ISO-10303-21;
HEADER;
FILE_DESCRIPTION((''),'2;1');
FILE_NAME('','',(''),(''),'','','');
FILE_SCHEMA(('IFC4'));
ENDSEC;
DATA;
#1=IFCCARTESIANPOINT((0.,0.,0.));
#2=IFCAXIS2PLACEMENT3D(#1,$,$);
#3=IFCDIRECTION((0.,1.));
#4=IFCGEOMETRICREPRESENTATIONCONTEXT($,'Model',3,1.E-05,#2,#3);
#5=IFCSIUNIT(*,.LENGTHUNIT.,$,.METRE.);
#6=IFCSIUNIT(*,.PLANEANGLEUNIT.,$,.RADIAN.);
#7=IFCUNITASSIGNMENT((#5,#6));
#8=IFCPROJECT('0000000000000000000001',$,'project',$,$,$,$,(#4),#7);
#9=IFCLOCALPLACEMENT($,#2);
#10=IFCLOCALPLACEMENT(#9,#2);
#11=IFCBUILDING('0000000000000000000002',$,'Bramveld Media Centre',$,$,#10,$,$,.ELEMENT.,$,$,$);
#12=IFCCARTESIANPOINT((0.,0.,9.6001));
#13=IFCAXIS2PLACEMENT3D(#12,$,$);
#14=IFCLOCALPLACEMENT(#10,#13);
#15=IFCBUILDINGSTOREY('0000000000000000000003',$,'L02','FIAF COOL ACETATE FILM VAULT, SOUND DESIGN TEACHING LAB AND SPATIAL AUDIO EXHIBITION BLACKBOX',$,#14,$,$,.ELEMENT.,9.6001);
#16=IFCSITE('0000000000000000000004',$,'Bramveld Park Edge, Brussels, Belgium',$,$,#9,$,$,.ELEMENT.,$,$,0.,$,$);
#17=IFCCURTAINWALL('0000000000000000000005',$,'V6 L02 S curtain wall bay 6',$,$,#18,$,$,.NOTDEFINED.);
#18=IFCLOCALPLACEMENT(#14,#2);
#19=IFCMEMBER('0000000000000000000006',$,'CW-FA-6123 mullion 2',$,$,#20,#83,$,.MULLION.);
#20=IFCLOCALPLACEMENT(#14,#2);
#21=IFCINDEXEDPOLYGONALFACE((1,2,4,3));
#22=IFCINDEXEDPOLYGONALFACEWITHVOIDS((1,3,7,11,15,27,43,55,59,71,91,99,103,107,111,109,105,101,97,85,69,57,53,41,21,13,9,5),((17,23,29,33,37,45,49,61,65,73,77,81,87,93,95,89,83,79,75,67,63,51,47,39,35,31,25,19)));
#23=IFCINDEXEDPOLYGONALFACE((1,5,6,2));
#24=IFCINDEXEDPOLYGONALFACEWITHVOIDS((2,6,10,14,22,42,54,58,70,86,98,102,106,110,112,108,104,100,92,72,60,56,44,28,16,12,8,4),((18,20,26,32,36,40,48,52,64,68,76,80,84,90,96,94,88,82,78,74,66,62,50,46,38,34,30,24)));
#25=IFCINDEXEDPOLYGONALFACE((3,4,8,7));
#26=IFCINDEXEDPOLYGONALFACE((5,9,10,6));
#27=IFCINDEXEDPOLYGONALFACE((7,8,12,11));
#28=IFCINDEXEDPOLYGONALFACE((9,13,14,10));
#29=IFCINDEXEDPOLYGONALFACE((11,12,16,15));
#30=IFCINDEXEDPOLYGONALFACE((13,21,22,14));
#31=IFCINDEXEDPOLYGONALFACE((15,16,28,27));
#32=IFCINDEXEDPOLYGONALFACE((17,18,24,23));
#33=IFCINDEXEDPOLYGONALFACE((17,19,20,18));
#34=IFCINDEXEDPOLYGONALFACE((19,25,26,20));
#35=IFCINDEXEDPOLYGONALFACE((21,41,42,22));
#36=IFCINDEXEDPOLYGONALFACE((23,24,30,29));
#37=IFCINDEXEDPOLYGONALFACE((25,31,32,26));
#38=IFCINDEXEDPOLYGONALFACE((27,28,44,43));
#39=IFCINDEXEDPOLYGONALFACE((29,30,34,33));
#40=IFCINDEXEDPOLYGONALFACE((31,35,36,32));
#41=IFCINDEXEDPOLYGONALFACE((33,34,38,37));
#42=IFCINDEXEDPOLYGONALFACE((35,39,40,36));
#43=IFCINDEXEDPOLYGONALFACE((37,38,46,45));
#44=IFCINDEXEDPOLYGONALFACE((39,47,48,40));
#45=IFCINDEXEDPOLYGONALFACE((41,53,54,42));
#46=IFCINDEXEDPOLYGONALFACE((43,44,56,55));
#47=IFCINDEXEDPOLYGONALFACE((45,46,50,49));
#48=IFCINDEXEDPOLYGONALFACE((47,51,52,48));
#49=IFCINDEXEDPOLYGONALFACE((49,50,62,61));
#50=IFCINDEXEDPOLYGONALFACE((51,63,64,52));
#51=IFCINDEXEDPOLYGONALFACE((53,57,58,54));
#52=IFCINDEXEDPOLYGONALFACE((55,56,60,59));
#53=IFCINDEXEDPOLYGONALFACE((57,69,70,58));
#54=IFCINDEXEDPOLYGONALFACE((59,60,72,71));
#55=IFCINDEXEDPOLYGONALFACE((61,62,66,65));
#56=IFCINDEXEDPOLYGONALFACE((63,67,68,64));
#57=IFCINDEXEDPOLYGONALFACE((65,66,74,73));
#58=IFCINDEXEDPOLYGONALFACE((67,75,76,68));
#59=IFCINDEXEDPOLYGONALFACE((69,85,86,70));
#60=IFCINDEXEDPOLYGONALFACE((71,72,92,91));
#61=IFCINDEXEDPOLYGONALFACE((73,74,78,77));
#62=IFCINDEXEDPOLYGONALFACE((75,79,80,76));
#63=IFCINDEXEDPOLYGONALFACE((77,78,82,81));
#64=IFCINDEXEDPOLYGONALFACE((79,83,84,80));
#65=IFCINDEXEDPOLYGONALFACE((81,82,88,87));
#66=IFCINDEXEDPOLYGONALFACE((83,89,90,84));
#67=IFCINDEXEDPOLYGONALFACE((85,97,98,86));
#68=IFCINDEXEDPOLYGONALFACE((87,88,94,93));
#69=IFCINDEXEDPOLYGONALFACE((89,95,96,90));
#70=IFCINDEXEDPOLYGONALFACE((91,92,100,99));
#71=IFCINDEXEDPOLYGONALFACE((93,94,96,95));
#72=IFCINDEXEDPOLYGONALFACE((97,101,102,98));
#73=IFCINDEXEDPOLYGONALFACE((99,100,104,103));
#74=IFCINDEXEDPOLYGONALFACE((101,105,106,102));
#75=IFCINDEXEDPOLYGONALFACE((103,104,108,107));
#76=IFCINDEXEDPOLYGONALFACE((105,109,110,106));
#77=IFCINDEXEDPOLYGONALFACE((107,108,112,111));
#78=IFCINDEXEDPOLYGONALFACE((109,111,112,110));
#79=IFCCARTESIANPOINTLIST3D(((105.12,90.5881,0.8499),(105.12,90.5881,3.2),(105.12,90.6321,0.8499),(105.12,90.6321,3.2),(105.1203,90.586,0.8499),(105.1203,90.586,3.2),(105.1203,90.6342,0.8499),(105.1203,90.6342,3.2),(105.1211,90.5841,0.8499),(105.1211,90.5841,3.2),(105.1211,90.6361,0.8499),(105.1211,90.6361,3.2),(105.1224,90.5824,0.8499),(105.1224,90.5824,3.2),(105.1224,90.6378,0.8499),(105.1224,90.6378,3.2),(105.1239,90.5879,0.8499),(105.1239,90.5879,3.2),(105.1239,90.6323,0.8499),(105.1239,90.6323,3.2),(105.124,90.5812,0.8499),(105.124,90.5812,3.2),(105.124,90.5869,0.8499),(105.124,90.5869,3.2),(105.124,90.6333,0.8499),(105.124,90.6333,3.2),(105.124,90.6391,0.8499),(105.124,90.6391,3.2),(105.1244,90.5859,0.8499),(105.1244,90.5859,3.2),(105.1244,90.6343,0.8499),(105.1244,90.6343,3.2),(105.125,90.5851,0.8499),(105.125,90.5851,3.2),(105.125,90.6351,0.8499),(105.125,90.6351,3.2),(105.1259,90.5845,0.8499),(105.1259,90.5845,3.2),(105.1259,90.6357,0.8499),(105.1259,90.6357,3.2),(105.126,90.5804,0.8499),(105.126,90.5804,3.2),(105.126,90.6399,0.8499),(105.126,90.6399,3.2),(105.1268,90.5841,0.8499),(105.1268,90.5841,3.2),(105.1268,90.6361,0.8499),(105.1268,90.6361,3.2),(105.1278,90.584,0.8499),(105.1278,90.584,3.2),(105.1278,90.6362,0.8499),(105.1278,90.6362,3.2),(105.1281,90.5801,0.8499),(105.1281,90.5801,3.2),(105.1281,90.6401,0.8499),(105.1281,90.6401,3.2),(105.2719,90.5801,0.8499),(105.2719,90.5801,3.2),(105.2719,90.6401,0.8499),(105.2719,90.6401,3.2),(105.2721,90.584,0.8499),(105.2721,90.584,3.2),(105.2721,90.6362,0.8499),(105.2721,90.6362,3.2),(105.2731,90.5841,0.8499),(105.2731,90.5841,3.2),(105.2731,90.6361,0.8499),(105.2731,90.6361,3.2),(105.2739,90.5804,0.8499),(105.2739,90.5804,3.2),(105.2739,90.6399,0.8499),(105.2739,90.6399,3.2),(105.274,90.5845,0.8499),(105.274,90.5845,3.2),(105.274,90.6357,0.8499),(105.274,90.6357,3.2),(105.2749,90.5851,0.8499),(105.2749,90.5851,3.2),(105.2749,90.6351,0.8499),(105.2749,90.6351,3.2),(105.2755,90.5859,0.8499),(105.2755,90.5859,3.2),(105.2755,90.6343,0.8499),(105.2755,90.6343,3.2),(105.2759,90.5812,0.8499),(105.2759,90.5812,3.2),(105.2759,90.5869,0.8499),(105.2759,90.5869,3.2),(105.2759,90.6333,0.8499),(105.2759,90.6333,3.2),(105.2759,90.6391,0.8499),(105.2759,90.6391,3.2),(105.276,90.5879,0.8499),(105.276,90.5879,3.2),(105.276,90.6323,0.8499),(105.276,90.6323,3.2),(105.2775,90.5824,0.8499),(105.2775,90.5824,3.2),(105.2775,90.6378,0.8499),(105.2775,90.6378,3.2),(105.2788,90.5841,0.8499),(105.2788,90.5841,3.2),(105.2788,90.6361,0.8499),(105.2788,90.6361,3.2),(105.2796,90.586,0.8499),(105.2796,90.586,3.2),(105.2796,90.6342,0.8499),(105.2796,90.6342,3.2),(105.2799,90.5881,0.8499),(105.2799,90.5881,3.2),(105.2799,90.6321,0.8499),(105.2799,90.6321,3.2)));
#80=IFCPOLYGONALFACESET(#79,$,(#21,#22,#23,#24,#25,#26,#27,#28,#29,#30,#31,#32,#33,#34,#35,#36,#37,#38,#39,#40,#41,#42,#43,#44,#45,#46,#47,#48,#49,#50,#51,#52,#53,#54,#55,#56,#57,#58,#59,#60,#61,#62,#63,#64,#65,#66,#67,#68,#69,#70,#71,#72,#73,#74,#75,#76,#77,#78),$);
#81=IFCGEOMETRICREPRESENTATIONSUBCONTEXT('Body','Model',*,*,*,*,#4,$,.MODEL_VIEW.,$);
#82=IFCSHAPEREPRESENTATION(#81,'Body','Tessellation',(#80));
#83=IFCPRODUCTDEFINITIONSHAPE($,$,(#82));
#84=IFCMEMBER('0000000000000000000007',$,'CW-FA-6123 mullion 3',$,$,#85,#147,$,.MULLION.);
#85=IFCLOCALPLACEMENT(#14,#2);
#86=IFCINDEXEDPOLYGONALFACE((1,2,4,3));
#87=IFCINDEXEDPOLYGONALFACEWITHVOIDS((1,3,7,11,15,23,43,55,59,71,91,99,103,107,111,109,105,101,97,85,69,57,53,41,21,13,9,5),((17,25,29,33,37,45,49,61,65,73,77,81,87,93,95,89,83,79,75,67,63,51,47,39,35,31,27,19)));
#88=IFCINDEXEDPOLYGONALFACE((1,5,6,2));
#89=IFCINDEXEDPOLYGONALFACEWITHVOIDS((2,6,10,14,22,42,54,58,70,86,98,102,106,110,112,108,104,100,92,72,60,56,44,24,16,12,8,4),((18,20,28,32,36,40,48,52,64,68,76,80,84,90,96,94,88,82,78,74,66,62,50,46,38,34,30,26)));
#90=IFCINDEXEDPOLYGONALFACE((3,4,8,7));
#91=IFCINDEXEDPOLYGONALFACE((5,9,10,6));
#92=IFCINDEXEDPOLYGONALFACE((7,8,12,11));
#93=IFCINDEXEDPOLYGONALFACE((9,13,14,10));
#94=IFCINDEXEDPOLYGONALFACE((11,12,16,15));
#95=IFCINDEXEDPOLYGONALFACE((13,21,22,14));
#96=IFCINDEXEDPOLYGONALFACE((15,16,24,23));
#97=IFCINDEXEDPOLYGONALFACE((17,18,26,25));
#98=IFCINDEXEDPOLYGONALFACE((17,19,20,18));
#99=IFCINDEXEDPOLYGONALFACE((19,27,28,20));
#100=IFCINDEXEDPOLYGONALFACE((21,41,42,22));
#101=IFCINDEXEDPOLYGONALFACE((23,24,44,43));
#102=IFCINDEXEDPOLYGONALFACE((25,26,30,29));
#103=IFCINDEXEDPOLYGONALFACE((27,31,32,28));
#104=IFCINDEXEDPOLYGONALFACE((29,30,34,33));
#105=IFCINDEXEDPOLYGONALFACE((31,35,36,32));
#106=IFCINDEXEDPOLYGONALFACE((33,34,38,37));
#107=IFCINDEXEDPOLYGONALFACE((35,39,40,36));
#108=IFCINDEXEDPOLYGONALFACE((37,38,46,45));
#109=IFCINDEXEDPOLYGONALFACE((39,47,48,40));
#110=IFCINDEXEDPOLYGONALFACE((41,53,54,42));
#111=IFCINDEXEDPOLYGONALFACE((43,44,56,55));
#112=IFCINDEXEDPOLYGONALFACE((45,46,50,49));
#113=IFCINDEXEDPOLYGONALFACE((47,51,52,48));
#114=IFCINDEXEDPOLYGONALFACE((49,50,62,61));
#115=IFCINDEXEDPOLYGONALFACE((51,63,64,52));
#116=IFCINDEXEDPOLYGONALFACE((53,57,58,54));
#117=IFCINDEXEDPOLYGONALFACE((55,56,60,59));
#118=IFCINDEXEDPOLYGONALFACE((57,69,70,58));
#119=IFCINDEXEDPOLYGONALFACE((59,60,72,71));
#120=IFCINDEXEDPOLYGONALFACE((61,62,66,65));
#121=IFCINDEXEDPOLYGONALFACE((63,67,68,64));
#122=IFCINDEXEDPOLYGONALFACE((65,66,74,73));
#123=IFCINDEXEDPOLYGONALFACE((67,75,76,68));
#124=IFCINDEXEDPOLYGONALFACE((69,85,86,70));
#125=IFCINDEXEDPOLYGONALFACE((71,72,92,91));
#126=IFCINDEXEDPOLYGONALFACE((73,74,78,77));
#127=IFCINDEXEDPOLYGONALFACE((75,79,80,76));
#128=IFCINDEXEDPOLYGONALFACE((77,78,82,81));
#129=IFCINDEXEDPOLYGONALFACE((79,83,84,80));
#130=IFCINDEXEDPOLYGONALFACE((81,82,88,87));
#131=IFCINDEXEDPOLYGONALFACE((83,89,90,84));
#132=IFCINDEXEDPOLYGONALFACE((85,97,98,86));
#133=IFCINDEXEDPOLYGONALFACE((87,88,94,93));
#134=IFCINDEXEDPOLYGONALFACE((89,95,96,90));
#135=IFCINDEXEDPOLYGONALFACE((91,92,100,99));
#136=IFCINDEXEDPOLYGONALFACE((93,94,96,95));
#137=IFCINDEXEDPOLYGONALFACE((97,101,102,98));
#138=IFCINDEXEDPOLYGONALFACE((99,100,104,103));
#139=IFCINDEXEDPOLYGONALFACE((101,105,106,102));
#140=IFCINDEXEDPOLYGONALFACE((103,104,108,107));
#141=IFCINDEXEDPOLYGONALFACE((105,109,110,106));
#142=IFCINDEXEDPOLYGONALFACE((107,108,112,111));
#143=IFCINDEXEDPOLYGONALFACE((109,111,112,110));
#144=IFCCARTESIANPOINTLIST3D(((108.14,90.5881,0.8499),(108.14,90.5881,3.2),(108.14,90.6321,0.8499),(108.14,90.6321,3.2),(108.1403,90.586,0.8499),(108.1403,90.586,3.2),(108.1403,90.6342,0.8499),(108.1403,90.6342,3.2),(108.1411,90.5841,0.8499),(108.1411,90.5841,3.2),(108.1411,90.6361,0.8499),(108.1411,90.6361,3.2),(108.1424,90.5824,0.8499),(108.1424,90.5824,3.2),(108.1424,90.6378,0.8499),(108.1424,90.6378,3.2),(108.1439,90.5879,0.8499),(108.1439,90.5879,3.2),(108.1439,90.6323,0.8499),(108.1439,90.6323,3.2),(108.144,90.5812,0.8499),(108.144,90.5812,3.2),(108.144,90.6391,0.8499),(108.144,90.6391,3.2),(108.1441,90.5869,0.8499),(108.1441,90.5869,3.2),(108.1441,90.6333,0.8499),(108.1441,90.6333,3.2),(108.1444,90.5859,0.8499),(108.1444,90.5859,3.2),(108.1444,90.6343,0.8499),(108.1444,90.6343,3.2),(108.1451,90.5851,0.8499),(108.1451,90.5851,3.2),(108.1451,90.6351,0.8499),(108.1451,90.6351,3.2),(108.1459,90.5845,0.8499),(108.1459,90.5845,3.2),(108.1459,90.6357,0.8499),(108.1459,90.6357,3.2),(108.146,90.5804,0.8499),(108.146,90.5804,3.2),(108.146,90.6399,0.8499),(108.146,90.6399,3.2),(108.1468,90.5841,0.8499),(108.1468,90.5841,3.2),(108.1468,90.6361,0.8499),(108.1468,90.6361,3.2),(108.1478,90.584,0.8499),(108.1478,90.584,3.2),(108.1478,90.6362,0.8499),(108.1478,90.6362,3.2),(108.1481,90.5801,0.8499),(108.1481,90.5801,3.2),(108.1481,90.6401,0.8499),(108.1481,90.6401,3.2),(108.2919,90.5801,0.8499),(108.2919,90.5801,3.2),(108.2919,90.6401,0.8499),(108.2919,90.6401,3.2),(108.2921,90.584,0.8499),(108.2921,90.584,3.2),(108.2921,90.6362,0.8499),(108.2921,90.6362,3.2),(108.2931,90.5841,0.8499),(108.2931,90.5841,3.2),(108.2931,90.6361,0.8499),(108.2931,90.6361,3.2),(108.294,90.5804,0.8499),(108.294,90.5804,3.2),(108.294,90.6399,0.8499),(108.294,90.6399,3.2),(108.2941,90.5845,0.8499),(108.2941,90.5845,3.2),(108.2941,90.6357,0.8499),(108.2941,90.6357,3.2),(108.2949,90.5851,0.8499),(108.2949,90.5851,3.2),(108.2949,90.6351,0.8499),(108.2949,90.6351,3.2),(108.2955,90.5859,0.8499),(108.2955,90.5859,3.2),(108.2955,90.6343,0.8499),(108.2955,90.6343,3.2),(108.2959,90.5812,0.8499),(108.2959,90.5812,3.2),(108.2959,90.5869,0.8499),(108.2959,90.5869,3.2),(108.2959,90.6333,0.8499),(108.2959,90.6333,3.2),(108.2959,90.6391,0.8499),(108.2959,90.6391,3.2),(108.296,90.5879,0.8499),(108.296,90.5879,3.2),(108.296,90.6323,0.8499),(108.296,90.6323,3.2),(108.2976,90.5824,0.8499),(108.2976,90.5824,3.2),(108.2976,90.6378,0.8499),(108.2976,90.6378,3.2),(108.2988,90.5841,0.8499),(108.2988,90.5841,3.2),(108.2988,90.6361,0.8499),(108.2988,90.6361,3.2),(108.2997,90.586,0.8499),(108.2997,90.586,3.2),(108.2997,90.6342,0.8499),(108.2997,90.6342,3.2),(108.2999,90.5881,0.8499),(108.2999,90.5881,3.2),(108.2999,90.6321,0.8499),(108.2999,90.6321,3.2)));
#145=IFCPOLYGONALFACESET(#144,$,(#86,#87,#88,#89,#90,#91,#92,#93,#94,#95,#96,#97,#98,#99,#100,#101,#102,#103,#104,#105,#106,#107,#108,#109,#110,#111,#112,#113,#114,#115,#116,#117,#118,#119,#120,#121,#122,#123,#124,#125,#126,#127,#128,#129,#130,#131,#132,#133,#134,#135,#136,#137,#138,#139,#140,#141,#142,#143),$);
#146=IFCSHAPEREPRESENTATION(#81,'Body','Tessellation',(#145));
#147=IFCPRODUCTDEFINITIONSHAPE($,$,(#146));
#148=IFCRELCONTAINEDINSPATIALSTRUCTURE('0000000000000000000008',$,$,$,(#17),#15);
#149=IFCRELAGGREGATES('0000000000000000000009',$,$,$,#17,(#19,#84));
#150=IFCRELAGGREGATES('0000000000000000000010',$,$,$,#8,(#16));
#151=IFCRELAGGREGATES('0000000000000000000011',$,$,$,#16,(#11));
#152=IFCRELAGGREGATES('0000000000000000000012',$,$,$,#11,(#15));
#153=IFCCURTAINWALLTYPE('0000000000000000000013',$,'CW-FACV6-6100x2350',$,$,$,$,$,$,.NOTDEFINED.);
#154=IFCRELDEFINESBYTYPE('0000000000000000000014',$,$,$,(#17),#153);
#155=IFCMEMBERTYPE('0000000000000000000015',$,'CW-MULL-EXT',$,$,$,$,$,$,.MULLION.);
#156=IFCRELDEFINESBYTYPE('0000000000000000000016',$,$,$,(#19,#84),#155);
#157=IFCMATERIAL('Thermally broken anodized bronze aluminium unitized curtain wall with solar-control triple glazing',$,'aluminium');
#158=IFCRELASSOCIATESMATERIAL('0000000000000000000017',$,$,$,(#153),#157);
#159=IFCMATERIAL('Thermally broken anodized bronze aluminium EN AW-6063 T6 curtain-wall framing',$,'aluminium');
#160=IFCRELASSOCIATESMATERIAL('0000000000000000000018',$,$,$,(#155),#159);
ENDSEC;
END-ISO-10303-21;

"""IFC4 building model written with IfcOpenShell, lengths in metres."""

from ifc_helpers import new_model, si_unit, direction, frame, origin, origin_2d, place, context, subcontext, project, spatial, hollow_rectangle, extrude, material, material_profile, profile_set, type_object, element, aggregate, save


model = new_model("IFC4")

# Units and contexts
model_context = context("Model", 3, precision=1e-05, world=origin(), true_north=direction((0.0, 1.0)))
body_context = subcontext(model_context, "Body", "Model", "MODEL_VIEW")
ifc_project = project(units=[si_unit("LENGTHUNIT", "METRE"), si_unit("PLANEANGLEUNIT", "RADIAN")], contexts=[model_context])

# Site, building, storey
site_placement = place(None, origin())
site = spatial("IfcSite", under=ifc_project, at=site_placement, Name="Bramveld Park Edge, Brussels, Belgium", CompositionType="ELEMENT", RefElevation=0.0)
building_placement = place(site_placement, origin())
building = spatial("IfcBuilding", under=site, at=building_placement, Name="Bramveld Media Centre", CompositionType="ELEMENT")
storey_placement = place(building_placement, frame((0.0, 0.0, 9.6001)))
storey = spatial("IfcBuildingStorey", under=building, at=storey_placement, Name="L02", Description="FIAF COOL ACETATE FILM VAULT, SOUND DESIGN TEACHING LAB AND SPATIAL AUDIO EXHIBITION BLACKBOX", CompositionType="ELEMENT", Elevation=9.6001)

# Curtain wall, members
ifc_material_1 = material(Name="Thermally broken anodized bronze aluminium unitized curtain wall with solar-control triple glazing", Category="aluminium")
curtain_wall_type = type_object("IfcCurtainWallType", Name="CW-FACV6-6100x2350", PredefinedType="NOTDEFINED", material=ifc_material_1)
ifc_material_2 = material(Name="Thermally broken anodized bronze aluminium EN AW-6063 T6 curtain-wall framing", Category="aluminium")
ifc_material_profile_1 = material_profile(ifc_material_2, hollow_rectangle(XDim=0.0601, YDim=0.1599, WallThickness=0.0039, InnerFilletRadius=0.0039, OuterFilletRadius=0.0081, at=origin_2d()), Name="AL-MULL 60x160")
ifc_profile_set_1 = profile_set([ifc_material_profile_1], Name="Thermally broken anodized bronze aluminium EN AW-6063 T6 curtain-wall framing")
member_type_1 = type_object("IfcMemberType", Name="CW-MULL-EXT", PredefinedType="MULLION", material=ifc_profile_set_1)
curtain_wall_1_placement = place(storey_placement, origin())
curtain_wall_1 = element("IfcCurtainWall", 1, at=curtain_wall_1_placement, inside=storey, type_object=curtain_wall_type, Name="V6 L02 S curtain wall bay 6", PredefinedType="NOTDEFINED")
member_1_placement = place(storey_placement, frame((105.2, 90.6101, 0.8499), z_axis=(0.0, 0.0, 1.0), x_axis=(0.0, 1.0, 0.0)))
member_1 = element("IfcMember", 2, at=member_1_placement, type_object=member_type_1, Name="CW-FA-6123 mullion 2", PredefinedType="MULLION", context=body_context, shape_type="SweptSolid", body=[
    extrude(hollow_rectangle(XDim=0.0601, YDim=0.1599, WallThickness=0.0039, InnerFilletRadius=0.0039, OuterFilletRadius=0.0081, at=origin_2d()), origin(), (0.0, 0.0, 1.0), 2.3501),
])
member_2_placement = place(storey_placement, frame((108.22, 90.6101, 0.8499), z_axis=(0.0, 0.0, 1.0), x_axis=(0.0, 1.0, 0.0)))
member_2 = element("IfcMember", 3, at=member_2_placement, type_object=member_type_1, Name="CW-FA-6123 mullion 3", PredefinedType="MULLION", context=body_context, shape_type="SweptSolid", body=[
    extrude(hollow_rectangle(XDim=0.0601, YDim=0.1599, WallThickness=0.0039, InnerFilletRadius=0.0039, OuterFilletRadius=0.0081, at=origin_2d()), origin(), (0.0, 0.0, 1.0), 2.3501),
])

aggregate(curtain_wall_1, [member_1, member_2])

save(model, "model.ifc")
